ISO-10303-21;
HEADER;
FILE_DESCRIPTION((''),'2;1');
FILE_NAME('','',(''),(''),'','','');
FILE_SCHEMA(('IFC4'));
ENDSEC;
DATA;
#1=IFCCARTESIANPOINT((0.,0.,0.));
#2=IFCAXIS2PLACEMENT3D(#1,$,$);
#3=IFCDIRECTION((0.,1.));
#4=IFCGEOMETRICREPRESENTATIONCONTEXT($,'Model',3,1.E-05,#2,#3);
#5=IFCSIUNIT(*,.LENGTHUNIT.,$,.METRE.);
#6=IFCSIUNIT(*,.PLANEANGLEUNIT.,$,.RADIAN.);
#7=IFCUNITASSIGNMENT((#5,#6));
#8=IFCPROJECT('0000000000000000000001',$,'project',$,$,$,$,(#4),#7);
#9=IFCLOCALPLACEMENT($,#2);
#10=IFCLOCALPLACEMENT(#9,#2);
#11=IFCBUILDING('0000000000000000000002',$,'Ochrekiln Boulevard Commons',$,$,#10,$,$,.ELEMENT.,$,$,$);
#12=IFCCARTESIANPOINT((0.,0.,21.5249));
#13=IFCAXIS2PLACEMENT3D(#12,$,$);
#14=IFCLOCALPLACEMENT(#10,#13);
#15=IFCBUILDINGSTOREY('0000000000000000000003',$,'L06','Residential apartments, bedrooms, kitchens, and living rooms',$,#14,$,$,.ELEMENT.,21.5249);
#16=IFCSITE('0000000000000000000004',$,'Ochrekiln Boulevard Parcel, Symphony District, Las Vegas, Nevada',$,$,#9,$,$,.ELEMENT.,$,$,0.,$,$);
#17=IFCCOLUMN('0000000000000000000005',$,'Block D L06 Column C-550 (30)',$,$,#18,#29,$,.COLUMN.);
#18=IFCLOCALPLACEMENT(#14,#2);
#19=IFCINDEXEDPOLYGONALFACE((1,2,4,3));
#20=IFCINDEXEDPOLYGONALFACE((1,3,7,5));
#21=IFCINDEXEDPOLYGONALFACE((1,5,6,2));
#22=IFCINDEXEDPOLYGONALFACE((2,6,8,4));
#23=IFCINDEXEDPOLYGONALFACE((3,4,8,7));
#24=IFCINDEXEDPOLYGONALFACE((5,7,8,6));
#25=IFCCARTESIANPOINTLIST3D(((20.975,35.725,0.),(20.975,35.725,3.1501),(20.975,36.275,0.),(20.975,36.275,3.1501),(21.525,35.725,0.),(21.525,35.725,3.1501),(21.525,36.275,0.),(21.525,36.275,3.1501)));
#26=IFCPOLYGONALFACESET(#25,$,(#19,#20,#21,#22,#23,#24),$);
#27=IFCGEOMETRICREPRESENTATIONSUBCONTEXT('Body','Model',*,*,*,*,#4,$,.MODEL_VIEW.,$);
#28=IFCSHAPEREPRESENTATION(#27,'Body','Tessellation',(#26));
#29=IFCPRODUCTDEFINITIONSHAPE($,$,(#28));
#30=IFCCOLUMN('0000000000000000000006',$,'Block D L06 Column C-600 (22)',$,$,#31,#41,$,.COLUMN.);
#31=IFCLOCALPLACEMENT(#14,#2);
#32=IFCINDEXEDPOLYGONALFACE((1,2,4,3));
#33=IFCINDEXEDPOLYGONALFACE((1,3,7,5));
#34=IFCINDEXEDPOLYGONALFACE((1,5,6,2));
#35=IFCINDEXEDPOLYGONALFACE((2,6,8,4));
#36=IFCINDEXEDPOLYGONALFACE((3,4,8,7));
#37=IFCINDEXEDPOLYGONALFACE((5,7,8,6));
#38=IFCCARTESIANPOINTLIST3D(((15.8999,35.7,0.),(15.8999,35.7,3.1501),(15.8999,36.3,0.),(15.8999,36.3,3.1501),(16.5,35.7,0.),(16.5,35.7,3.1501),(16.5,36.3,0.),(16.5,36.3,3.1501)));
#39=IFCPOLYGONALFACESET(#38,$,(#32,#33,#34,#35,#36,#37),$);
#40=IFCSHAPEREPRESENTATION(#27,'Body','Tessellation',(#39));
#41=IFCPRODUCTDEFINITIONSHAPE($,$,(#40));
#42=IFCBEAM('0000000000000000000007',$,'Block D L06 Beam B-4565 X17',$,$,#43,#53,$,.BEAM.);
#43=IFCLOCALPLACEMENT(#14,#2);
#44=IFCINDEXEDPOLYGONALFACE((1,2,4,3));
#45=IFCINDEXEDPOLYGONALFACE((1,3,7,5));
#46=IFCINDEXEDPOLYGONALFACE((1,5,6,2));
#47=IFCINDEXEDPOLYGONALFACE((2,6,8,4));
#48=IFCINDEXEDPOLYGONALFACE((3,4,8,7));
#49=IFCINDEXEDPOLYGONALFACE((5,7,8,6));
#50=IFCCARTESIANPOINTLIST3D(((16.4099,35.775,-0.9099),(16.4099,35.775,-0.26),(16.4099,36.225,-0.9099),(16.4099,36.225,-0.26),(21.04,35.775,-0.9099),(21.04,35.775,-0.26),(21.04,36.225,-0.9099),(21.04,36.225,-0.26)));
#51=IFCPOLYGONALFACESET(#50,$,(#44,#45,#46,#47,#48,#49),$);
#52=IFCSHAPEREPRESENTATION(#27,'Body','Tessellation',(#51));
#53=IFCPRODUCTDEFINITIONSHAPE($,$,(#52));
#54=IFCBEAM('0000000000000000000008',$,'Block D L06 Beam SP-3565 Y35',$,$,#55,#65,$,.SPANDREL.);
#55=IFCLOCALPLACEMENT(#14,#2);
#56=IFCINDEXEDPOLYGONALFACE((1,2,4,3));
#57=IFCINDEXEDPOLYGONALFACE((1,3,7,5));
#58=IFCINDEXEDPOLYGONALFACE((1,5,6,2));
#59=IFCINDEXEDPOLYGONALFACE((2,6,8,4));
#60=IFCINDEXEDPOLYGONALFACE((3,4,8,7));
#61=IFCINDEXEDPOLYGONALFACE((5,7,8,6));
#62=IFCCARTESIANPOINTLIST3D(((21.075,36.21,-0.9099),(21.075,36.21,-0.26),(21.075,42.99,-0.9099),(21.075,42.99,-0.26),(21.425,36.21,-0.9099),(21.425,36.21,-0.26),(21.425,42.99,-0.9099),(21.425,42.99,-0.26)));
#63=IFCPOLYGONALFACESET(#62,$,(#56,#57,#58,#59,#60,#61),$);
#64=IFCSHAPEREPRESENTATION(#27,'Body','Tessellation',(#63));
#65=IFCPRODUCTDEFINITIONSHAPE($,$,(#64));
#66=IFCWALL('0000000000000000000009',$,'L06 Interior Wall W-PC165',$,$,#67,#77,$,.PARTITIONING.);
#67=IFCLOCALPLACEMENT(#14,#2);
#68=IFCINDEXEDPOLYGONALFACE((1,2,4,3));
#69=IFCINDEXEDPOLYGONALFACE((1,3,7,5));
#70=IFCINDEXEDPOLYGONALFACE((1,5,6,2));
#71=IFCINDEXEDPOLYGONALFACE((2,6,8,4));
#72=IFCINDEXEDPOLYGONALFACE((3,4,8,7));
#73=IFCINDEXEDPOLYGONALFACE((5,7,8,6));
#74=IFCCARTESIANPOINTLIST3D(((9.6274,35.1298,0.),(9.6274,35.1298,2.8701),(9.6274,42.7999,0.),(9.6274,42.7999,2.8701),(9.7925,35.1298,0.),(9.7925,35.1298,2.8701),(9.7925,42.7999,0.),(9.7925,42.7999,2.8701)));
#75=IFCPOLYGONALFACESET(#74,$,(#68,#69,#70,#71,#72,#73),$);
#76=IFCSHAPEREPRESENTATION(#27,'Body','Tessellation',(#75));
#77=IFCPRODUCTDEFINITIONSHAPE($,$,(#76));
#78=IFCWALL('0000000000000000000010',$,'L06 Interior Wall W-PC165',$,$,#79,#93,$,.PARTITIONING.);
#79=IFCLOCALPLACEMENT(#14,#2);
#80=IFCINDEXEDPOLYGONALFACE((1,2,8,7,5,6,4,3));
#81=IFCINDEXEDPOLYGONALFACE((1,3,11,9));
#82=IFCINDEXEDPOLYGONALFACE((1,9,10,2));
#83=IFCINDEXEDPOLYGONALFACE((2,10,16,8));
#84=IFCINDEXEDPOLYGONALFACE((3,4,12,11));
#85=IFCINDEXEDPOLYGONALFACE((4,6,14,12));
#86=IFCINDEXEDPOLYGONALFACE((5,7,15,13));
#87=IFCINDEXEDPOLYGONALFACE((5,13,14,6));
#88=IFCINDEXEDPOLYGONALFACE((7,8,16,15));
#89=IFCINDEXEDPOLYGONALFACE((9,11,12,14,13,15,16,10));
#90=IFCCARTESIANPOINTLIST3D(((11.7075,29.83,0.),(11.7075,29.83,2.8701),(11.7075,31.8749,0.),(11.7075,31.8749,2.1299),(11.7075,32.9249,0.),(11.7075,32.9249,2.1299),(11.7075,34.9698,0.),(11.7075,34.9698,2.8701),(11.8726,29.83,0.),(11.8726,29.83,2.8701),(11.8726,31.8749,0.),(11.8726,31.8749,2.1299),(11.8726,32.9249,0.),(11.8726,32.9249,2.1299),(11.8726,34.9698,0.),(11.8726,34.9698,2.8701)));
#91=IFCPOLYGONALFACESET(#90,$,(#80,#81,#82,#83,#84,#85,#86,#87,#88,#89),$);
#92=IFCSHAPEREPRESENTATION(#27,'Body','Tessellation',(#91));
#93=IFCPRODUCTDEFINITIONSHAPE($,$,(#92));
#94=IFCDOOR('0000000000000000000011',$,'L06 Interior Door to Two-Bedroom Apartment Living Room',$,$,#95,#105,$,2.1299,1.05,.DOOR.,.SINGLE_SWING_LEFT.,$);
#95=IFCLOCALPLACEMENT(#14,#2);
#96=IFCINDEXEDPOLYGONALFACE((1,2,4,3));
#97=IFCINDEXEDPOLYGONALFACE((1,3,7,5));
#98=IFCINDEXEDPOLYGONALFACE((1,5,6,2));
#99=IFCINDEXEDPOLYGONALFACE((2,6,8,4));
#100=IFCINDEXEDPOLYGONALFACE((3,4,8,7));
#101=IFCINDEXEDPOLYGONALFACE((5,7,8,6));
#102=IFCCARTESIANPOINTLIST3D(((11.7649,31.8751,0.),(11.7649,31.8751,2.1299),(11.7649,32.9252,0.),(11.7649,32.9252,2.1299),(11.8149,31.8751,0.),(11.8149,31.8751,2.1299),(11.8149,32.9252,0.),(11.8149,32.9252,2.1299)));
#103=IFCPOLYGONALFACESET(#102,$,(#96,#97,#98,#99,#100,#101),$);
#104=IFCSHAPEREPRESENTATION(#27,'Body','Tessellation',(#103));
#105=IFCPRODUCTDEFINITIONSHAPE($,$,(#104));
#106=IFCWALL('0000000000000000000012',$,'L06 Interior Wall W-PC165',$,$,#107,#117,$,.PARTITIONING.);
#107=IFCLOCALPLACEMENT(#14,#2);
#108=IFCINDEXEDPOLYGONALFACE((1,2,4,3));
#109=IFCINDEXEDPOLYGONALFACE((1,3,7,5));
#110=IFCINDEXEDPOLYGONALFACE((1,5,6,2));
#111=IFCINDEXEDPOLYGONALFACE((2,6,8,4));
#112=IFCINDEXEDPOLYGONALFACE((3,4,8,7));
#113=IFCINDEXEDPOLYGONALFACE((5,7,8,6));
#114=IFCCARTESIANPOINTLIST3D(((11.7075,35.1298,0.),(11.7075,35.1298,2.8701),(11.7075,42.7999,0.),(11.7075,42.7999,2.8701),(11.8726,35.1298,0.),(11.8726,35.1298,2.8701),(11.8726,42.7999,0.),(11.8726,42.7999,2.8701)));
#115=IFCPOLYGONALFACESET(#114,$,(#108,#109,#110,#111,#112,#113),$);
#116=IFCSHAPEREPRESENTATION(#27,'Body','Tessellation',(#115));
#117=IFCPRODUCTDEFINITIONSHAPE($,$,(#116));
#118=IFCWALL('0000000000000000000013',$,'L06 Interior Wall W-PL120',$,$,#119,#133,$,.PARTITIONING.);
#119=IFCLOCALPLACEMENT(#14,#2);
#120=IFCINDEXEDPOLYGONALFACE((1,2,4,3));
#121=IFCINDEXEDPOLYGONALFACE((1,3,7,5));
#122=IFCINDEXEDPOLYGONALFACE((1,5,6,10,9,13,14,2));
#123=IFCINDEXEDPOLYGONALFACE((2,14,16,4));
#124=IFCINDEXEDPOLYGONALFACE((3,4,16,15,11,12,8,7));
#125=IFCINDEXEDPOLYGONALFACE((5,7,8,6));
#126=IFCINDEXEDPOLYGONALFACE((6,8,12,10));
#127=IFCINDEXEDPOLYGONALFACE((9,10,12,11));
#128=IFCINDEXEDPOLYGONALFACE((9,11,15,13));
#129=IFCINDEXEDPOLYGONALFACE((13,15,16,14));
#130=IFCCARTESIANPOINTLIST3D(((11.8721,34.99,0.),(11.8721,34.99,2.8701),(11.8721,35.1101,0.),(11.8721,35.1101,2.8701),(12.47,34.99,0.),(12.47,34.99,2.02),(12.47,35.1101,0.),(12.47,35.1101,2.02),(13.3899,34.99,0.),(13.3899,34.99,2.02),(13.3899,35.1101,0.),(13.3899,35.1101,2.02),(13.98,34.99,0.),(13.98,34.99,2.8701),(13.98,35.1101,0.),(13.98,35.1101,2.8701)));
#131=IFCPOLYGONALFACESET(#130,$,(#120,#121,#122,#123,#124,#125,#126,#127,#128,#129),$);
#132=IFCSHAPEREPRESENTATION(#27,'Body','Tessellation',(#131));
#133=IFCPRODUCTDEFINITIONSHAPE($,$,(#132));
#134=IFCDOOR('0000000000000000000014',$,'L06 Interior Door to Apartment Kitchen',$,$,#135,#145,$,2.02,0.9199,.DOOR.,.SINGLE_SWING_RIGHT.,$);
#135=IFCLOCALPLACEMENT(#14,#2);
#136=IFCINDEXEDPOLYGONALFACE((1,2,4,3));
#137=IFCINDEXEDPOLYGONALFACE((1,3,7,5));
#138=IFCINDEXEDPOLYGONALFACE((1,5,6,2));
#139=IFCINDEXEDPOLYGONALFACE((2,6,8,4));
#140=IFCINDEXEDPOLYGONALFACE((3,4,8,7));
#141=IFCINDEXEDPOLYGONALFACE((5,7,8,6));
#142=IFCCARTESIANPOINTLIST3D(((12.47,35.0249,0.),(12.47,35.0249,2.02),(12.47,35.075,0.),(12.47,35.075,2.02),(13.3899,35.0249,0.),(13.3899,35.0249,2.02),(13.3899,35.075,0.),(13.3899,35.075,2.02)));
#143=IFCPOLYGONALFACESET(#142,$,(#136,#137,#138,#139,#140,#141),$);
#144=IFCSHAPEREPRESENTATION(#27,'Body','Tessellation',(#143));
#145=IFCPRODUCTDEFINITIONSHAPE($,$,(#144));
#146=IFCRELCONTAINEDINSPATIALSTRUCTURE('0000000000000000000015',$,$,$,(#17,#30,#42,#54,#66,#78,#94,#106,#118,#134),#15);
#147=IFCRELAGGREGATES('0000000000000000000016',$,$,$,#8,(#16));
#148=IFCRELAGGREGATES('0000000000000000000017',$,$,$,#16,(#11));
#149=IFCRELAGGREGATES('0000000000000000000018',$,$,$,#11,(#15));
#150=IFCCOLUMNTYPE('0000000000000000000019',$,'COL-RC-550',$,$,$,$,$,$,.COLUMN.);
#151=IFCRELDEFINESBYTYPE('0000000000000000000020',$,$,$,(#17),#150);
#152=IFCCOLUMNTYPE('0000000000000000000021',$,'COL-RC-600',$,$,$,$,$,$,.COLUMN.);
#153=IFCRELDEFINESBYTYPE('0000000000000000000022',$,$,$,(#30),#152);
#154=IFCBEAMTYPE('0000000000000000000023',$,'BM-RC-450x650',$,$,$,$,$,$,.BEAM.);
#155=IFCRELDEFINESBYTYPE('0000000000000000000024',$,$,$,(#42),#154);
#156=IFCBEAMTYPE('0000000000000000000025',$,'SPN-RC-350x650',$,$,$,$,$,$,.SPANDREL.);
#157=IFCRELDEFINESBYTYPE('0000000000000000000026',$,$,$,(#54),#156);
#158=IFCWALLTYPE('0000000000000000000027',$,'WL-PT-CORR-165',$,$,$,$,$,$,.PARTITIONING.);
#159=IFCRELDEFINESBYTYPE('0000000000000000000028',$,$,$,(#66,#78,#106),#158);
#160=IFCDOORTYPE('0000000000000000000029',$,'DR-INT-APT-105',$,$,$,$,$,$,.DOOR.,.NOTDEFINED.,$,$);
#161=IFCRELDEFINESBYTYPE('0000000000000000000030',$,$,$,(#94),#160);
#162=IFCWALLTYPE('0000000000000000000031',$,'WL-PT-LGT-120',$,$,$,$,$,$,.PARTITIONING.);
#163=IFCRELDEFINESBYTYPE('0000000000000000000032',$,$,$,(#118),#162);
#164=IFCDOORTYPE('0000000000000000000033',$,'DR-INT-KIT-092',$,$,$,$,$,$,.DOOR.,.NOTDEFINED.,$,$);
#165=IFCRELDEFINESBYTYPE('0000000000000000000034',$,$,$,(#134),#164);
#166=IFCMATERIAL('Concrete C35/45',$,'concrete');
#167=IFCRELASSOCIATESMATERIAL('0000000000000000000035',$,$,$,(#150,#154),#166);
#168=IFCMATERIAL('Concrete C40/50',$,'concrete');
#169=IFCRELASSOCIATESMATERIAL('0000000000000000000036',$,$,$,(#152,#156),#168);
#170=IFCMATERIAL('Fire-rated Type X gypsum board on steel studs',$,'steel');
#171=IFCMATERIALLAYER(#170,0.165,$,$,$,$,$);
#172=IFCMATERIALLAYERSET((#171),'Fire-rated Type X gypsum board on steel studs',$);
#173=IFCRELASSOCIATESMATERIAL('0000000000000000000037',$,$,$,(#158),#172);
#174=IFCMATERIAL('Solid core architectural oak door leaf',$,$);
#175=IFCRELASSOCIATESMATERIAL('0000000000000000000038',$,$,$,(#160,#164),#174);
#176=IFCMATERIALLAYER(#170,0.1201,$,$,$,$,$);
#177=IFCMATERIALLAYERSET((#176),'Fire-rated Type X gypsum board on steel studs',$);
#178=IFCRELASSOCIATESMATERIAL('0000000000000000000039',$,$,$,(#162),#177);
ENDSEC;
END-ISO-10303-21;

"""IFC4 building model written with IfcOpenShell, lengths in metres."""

from ifc_helpers import new_model, si_unit, direction, frame, frame_2d, origin, origin_2d, place, context, subcontext, project, spatial, rectangle, extrude, material, layer, layer_set, material_profile, profile_set, type_object, element, fill, save


model = new_model("IFC4")

# Units and contexts
model_context = context("Model", 3, precision=1e-05, world=origin(), true_north=direction((0.0, 1.0)))
body_context = subcontext(model_context, "Body", "Model", "MODEL_VIEW")
ifc_project = project(units=[si_unit("LENGTHUNIT", "METRE"), si_unit("PLANEANGLEUNIT", "RADIAN")], contexts=[model_context])

# Site, building, storey
site_placement = place(None, origin())
site = spatial("IfcSite", under=ifc_project, at=site_placement, Name="Ochrekiln Boulevard Parcel, Symphony District, Las Vegas, Nevada", CompositionType="ELEMENT", RefElevation=0.0)
building_placement = place(site_placement, origin())
building = spatial("IfcBuilding", under=site, at=building_placement, Name="Ochrekiln Boulevard Commons", CompositionType="ELEMENT")
storey_placement = place(building_placement, frame((0.0, 0.0, 21.5249)))
storey = spatial("IfcBuildingStorey", under=building, at=storey_placement, Name="L06", Description="Residential apartments, bedrooms, kitchens, and living rooms", CompositionType="ELEMENT", Elevation=21.5249)

# Columns
ifc_material_1 = material(Name="Concrete C35/45", Category="concrete")
ifc_material_profile_1 = material_profile(ifc_material_1, rectangle(XDim=0.55, YDim=0.55, at=origin_2d()), Name="RC-COL-550x550")
ifc_profile_set_1 = profile_set([ifc_material_profile_1], Name="Concrete C35/45")
column_type_1 = type_object("IfcColumnType", Name="COL-RC-550", PredefinedType="COLUMN", material=ifc_profile_set_1)
column_1_placement = place(storey_placement, frame((21.25, 36.0, 0.0), z_axis=(0.0, 0.0, 1.0), x_axis=(1.0, 0.0, 0.0)))
element("IfcColumn", 1, at=column_1_placement, inside=storey, type_object=column_type_1, Name="Block D L06 Column C-550 (30)", PredefinedType="COLUMN", context=body_context, shape_type="SweptSolid", body=[
    extrude(rectangle(XDim=0.55, YDim=0.55, at=origin_2d()), origin(), (0.0, 0.0, 1.0), 3.1501),
])
ifc_material_2 = material(Name="Concrete C40/50", Category="concrete")
ifc_material_profile_2 = material_profile(ifc_material_2, rectangle(XDim=0.6001, YDim=0.6001, at=origin_2d()), Name="RC-COL-600x600")
ifc_profile_set_2 = profile_set([ifc_material_profile_2], Name="Concrete C40/50")
column_type_2 = type_object("IfcColumnType", Name="COL-RC-600", PredefinedType="COLUMN", material=ifc_profile_set_2)
column_2_placement = place(storey_placement, frame((16.2, 36.0, 0.0), z_axis=(0.0, 0.0, 1.0), x_axis=(1.0, 0.0, 0.0)))
element("IfcColumn", 2, at=column_2_placement, inside=storey, type_object=column_type_2, Name="Block D L06 Column C-600 (22)", PredefinedType="COLUMN", context=body_context, shape_type="SweptSolid", body=[
    extrude(rectangle(XDim=0.6001, YDim=0.6001, at=origin_2d()), origin(), (0.0, 0.0, 1.0), 3.1501),
])

# Beams
ifc_material_profile_3 = material_profile(ifc_material_1, rectangle(XDim=0.45, YDim=0.6499, at=origin_2d()), Name="RC-BM-450x650")
ifc_profile_set_3 = profile_set([ifc_material_profile_3], Name="Concrete C35/45")
beam_type_1 = type_object("IfcBeamType", Name="BM-RC-450x650", PredefinedType="BEAM", material=ifc_profile_set_3)
beam_1_placement = place(storey_placement, frame((16.4099, 36.0, -0.585), z_axis=(1.0, 0.0, 0.0), x_axis=(0.0, 1.0, 0.0)))
element("IfcBeam", 3, at=beam_1_placement, inside=storey, type_object=beam_type_1, Name="Block D L06 Beam B-4565 X17", PredefinedType="BEAM", context=body_context, shape_type="SweptSolid", body=[
    extrude(rectangle(XDim=0.45, YDim=0.6499, at=origin_2d()), origin(), (0.0, 0.0, 1.0), 4.6301),
])
ifc_material_profile_4 = material_profile(ifc_material_2, rectangle(XDim=0.3501, YDim=0.6499, at=origin_2d()), Name="RC-SPN-350x650")
ifc_profile_set_4 = profile_set([ifc_material_profile_4], Name="Concrete C40/50")
beam_type_2 = type_object("IfcBeamType", Name="SPN-RC-350x650", PredefinedType="SPANDREL", material=ifc_profile_set_4)
beam_2_placement = place(storey_placement, frame((21.25, 36.21, -0.585), z_axis=(0.0, 1.0, 0.0), x_axis=(-1.0, 0.0, 0.0)))
element("IfcBeam", 4, at=beam_2_placement, inside=storey, type_object=beam_type_2, Name="Block D L06 Beam SP-3565 Y35", PredefinedType="SPANDREL", context=body_context, shape_type="SweptSolid", body=[
    extrude(rectangle(XDim=0.3501, YDim=0.6499, at=origin_2d()), origin(), (0.0, 0.0, 1.0), 6.78),
])

# Wall
ifc_material_3 = material(Name="Fire-rated Type X gypsum board on steel studs", Category="steel")
ifc_layer_1 = layer(ifc_material_3, 0.165)
ifc_layer_set_1 = layer_set([ifc_layer_1], Name="Fire-rated Type X gypsum board on steel studs")
wall_type_1 = type_object("IfcWallType", Name="WL-PT-CORR-165", PredefinedType="PARTITIONING", material=ifc_layer_set_1)
wall_1_placement = place(storey_placement, frame((9.71, 35.1299, 0.0), z_axis=(0.0, 0.0, 1.0), x_axis=(0.0, 1.0, 0.0)))
element("IfcWall", 5, at=wall_1_placement, inside=storey, type_object=wall_type_1, Name="L06 Interior Wall W-PC165", PredefinedType="PARTITIONING", context=body_context, shape_type="SweptSolid", body=[
    extrude(rectangle(XDim=7.6702, YDim=0.165, at=frame_2d((3.835, 0.0))), origin(), (0.0, 0.0, 1.0), 2.8701),
])

# Wall, opening, door
wall_2_placement = place(storey_placement, frame((11.79, 29.8301, 0.0), z_axis=(0.0, 0.0, 1.0), x_axis=(0.0, 1.0, 0.0)))
wall_2 = element("IfcWall", 6, at=wall_2_placement, inside=storey, type_object=wall_type_1, Name="L06 Interior Wall W-PC165", PredefinedType="PARTITIONING", context=body_context, shape_type="SweptSolid", body=[
    extrude(rectangle(XDim=5.1399, YDim=0.165, at=frame_2d((2.5698, 0.0))), origin(), (0.0, 0.0, 1.0), 2.8701),
])
opening_1_placement = place(wall_2_placement, frame((2.0449, 0.0, 0.0)))
opening_1 = element("IfcOpeningElement", 7, at=opening_1_placement, cuts=wall_2, PredefinedType="OPENING", context=body_context, shape_type="SweptSolid", body=[
    extrude(rectangle(XDim=1.05, YDim=2.1299, at=frame_2d((0.5249, 1.0649))), frame((0.0, 0.0925, 0.0), z_axis=(0.0, -1.0, 0.0), x_axis=(1.0, 0.0, 0.0)), (0.0, 0.0, 1.0), 0.1851),
])
ifc_material_4 = material(Name="Solid core architectural oak door leaf")
door_type_1 = type_object("IfcDoorType", Name="DR-INT-APT-105", OperationType="NOTDEFINED", PredefinedType="DOOR", material=ifc_material_4)
door_1_placement = place(opening_1_placement, frame((1.05, 0.0, 0.0), z_axis=(0.0, 0.0, 1.0), x_axis=(-1.0, 0.0, 0.0)))
door_1 = element("IfcDoor", 8, at=door_1_placement, inside=storey, type_object=door_type_1, Name="L06 Interior Door to Two-Bedroom Apartment Living Room", OperationType="SINGLE_SWING_LEFT", OverallHeight=2.1299, OverallWidth=1.05, PredefinedType="DOOR", context=body_context, shape_type="SweptSolid", body=[
    extrude(rectangle(XDim=1.05, YDim=2.1299, at=frame_2d((0.5249, 1.0649))), frame((0.0, 0.0249, 0.0), z_axis=(0.0, -1.0, 0.0), x_axis=(1.0, 0.0, 0.0)), (0.0, 0.0, 1.0), 0.05),
])
fill(opening_1, door_1)

# Wall
wall_3_placement = place(storey_placement, frame((11.79, 35.1299, 0.0), z_axis=(0.0, 0.0, 1.0), x_axis=(0.0, 1.0, 0.0)))
element("IfcWall", 9, at=wall_3_placement, inside=storey, type_object=wall_type_1, Name="L06 Interior Wall W-PC165", PredefinedType="PARTITIONING", context=body_context, shape_type="SweptSolid", body=[
    extrude(rectangle(XDim=7.6702, YDim=0.165, at=frame_2d((3.835, 0.0))), origin(), (0.0, 0.0, 1.0), 2.8701),
])

# Wall, opening, door
ifc_layer_2 = layer(ifc_material_3, 0.1201)
ifc_layer_set_2 = layer_set([ifc_layer_2], Name="Fire-rated Type X gypsum board on steel studs")
wall_type_2 = type_object("IfcWallType", Name="WL-PT-LGT-120", PredefinedType="PARTITIONING", material=ifc_layer_set_2)
wall_4_placement = place(storey_placement, frame((11.8721, 35.05, 0.0), z_axis=(0.0, 0.0, 1.0), x_axis=(1.0, 0.0, 0.0)))
wall_4 = element("IfcWall", 10, at=wall_4_placement, inside=storey, type_object=wall_type_2, Name="L06 Interior Wall W-PL120", PredefinedType="PARTITIONING", context=body_context, shape_type="SweptSolid", body=[
    extrude(rectangle(XDim=2.1079, YDim=0.1201, at=frame_2d((1.054, 0.0))), origin(), (0.0, 0.0, 1.0), 2.8701),
])
opening_2_placement = place(wall_4_placement, frame((0.5979, 0.0, 0.0)))
opening_2 = element("IfcOpeningElement", 11, at=opening_2_placement, cuts=wall_4, PredefinedType="OPENING", context=body_context, shape_type="SweptSolid", body=[
    extrude(rectangle(XDim=0.9199, YDim=2.02, at=frame_2d((0.46, 1.01))), frame((0.0, 0.0701, 0.0), z_axis=(0.0, -1.0, 0.0), x_axis=(1.0, 0.0, 0.0)), (0.0, 0.0, 1.0), 0.1401),
])
door_type_2 = type_object("IfcDoorType", Name="DR-INT-KIT-092", OperationType="NOTDEFINED", PredefinedType="DOOR", material=ifc_material_4)
door_2_placement = place(opening_2_placement, origin())
door_2 = element("IfcDoor", 12, at=door_2_placement, inside=storey, type_object=door_type_2, Name="L06 Interior Door to Apartment Kitchen", OperationType="SINGLE_SWING_RIGHT", OverallHeight=2.02, OverallWidth=0.9199, PredefinedType="DOOR", context=body_context, shape_type="SweptSolid", body=[
    extrude(rectangle(XDim=0.9199, YDim=2.02, at=frame_2d((0.46, 1.01))), frame((0.0, 0.0249, 0.0), z_axis=(0.0, -1.0, 0.0), x_axis=(1.0, 0.0, 0.0)), (0.0, 0.0, 1.0), 0.05),
])
fill(opening_2, door_2)

save(model, "model.ifc")
